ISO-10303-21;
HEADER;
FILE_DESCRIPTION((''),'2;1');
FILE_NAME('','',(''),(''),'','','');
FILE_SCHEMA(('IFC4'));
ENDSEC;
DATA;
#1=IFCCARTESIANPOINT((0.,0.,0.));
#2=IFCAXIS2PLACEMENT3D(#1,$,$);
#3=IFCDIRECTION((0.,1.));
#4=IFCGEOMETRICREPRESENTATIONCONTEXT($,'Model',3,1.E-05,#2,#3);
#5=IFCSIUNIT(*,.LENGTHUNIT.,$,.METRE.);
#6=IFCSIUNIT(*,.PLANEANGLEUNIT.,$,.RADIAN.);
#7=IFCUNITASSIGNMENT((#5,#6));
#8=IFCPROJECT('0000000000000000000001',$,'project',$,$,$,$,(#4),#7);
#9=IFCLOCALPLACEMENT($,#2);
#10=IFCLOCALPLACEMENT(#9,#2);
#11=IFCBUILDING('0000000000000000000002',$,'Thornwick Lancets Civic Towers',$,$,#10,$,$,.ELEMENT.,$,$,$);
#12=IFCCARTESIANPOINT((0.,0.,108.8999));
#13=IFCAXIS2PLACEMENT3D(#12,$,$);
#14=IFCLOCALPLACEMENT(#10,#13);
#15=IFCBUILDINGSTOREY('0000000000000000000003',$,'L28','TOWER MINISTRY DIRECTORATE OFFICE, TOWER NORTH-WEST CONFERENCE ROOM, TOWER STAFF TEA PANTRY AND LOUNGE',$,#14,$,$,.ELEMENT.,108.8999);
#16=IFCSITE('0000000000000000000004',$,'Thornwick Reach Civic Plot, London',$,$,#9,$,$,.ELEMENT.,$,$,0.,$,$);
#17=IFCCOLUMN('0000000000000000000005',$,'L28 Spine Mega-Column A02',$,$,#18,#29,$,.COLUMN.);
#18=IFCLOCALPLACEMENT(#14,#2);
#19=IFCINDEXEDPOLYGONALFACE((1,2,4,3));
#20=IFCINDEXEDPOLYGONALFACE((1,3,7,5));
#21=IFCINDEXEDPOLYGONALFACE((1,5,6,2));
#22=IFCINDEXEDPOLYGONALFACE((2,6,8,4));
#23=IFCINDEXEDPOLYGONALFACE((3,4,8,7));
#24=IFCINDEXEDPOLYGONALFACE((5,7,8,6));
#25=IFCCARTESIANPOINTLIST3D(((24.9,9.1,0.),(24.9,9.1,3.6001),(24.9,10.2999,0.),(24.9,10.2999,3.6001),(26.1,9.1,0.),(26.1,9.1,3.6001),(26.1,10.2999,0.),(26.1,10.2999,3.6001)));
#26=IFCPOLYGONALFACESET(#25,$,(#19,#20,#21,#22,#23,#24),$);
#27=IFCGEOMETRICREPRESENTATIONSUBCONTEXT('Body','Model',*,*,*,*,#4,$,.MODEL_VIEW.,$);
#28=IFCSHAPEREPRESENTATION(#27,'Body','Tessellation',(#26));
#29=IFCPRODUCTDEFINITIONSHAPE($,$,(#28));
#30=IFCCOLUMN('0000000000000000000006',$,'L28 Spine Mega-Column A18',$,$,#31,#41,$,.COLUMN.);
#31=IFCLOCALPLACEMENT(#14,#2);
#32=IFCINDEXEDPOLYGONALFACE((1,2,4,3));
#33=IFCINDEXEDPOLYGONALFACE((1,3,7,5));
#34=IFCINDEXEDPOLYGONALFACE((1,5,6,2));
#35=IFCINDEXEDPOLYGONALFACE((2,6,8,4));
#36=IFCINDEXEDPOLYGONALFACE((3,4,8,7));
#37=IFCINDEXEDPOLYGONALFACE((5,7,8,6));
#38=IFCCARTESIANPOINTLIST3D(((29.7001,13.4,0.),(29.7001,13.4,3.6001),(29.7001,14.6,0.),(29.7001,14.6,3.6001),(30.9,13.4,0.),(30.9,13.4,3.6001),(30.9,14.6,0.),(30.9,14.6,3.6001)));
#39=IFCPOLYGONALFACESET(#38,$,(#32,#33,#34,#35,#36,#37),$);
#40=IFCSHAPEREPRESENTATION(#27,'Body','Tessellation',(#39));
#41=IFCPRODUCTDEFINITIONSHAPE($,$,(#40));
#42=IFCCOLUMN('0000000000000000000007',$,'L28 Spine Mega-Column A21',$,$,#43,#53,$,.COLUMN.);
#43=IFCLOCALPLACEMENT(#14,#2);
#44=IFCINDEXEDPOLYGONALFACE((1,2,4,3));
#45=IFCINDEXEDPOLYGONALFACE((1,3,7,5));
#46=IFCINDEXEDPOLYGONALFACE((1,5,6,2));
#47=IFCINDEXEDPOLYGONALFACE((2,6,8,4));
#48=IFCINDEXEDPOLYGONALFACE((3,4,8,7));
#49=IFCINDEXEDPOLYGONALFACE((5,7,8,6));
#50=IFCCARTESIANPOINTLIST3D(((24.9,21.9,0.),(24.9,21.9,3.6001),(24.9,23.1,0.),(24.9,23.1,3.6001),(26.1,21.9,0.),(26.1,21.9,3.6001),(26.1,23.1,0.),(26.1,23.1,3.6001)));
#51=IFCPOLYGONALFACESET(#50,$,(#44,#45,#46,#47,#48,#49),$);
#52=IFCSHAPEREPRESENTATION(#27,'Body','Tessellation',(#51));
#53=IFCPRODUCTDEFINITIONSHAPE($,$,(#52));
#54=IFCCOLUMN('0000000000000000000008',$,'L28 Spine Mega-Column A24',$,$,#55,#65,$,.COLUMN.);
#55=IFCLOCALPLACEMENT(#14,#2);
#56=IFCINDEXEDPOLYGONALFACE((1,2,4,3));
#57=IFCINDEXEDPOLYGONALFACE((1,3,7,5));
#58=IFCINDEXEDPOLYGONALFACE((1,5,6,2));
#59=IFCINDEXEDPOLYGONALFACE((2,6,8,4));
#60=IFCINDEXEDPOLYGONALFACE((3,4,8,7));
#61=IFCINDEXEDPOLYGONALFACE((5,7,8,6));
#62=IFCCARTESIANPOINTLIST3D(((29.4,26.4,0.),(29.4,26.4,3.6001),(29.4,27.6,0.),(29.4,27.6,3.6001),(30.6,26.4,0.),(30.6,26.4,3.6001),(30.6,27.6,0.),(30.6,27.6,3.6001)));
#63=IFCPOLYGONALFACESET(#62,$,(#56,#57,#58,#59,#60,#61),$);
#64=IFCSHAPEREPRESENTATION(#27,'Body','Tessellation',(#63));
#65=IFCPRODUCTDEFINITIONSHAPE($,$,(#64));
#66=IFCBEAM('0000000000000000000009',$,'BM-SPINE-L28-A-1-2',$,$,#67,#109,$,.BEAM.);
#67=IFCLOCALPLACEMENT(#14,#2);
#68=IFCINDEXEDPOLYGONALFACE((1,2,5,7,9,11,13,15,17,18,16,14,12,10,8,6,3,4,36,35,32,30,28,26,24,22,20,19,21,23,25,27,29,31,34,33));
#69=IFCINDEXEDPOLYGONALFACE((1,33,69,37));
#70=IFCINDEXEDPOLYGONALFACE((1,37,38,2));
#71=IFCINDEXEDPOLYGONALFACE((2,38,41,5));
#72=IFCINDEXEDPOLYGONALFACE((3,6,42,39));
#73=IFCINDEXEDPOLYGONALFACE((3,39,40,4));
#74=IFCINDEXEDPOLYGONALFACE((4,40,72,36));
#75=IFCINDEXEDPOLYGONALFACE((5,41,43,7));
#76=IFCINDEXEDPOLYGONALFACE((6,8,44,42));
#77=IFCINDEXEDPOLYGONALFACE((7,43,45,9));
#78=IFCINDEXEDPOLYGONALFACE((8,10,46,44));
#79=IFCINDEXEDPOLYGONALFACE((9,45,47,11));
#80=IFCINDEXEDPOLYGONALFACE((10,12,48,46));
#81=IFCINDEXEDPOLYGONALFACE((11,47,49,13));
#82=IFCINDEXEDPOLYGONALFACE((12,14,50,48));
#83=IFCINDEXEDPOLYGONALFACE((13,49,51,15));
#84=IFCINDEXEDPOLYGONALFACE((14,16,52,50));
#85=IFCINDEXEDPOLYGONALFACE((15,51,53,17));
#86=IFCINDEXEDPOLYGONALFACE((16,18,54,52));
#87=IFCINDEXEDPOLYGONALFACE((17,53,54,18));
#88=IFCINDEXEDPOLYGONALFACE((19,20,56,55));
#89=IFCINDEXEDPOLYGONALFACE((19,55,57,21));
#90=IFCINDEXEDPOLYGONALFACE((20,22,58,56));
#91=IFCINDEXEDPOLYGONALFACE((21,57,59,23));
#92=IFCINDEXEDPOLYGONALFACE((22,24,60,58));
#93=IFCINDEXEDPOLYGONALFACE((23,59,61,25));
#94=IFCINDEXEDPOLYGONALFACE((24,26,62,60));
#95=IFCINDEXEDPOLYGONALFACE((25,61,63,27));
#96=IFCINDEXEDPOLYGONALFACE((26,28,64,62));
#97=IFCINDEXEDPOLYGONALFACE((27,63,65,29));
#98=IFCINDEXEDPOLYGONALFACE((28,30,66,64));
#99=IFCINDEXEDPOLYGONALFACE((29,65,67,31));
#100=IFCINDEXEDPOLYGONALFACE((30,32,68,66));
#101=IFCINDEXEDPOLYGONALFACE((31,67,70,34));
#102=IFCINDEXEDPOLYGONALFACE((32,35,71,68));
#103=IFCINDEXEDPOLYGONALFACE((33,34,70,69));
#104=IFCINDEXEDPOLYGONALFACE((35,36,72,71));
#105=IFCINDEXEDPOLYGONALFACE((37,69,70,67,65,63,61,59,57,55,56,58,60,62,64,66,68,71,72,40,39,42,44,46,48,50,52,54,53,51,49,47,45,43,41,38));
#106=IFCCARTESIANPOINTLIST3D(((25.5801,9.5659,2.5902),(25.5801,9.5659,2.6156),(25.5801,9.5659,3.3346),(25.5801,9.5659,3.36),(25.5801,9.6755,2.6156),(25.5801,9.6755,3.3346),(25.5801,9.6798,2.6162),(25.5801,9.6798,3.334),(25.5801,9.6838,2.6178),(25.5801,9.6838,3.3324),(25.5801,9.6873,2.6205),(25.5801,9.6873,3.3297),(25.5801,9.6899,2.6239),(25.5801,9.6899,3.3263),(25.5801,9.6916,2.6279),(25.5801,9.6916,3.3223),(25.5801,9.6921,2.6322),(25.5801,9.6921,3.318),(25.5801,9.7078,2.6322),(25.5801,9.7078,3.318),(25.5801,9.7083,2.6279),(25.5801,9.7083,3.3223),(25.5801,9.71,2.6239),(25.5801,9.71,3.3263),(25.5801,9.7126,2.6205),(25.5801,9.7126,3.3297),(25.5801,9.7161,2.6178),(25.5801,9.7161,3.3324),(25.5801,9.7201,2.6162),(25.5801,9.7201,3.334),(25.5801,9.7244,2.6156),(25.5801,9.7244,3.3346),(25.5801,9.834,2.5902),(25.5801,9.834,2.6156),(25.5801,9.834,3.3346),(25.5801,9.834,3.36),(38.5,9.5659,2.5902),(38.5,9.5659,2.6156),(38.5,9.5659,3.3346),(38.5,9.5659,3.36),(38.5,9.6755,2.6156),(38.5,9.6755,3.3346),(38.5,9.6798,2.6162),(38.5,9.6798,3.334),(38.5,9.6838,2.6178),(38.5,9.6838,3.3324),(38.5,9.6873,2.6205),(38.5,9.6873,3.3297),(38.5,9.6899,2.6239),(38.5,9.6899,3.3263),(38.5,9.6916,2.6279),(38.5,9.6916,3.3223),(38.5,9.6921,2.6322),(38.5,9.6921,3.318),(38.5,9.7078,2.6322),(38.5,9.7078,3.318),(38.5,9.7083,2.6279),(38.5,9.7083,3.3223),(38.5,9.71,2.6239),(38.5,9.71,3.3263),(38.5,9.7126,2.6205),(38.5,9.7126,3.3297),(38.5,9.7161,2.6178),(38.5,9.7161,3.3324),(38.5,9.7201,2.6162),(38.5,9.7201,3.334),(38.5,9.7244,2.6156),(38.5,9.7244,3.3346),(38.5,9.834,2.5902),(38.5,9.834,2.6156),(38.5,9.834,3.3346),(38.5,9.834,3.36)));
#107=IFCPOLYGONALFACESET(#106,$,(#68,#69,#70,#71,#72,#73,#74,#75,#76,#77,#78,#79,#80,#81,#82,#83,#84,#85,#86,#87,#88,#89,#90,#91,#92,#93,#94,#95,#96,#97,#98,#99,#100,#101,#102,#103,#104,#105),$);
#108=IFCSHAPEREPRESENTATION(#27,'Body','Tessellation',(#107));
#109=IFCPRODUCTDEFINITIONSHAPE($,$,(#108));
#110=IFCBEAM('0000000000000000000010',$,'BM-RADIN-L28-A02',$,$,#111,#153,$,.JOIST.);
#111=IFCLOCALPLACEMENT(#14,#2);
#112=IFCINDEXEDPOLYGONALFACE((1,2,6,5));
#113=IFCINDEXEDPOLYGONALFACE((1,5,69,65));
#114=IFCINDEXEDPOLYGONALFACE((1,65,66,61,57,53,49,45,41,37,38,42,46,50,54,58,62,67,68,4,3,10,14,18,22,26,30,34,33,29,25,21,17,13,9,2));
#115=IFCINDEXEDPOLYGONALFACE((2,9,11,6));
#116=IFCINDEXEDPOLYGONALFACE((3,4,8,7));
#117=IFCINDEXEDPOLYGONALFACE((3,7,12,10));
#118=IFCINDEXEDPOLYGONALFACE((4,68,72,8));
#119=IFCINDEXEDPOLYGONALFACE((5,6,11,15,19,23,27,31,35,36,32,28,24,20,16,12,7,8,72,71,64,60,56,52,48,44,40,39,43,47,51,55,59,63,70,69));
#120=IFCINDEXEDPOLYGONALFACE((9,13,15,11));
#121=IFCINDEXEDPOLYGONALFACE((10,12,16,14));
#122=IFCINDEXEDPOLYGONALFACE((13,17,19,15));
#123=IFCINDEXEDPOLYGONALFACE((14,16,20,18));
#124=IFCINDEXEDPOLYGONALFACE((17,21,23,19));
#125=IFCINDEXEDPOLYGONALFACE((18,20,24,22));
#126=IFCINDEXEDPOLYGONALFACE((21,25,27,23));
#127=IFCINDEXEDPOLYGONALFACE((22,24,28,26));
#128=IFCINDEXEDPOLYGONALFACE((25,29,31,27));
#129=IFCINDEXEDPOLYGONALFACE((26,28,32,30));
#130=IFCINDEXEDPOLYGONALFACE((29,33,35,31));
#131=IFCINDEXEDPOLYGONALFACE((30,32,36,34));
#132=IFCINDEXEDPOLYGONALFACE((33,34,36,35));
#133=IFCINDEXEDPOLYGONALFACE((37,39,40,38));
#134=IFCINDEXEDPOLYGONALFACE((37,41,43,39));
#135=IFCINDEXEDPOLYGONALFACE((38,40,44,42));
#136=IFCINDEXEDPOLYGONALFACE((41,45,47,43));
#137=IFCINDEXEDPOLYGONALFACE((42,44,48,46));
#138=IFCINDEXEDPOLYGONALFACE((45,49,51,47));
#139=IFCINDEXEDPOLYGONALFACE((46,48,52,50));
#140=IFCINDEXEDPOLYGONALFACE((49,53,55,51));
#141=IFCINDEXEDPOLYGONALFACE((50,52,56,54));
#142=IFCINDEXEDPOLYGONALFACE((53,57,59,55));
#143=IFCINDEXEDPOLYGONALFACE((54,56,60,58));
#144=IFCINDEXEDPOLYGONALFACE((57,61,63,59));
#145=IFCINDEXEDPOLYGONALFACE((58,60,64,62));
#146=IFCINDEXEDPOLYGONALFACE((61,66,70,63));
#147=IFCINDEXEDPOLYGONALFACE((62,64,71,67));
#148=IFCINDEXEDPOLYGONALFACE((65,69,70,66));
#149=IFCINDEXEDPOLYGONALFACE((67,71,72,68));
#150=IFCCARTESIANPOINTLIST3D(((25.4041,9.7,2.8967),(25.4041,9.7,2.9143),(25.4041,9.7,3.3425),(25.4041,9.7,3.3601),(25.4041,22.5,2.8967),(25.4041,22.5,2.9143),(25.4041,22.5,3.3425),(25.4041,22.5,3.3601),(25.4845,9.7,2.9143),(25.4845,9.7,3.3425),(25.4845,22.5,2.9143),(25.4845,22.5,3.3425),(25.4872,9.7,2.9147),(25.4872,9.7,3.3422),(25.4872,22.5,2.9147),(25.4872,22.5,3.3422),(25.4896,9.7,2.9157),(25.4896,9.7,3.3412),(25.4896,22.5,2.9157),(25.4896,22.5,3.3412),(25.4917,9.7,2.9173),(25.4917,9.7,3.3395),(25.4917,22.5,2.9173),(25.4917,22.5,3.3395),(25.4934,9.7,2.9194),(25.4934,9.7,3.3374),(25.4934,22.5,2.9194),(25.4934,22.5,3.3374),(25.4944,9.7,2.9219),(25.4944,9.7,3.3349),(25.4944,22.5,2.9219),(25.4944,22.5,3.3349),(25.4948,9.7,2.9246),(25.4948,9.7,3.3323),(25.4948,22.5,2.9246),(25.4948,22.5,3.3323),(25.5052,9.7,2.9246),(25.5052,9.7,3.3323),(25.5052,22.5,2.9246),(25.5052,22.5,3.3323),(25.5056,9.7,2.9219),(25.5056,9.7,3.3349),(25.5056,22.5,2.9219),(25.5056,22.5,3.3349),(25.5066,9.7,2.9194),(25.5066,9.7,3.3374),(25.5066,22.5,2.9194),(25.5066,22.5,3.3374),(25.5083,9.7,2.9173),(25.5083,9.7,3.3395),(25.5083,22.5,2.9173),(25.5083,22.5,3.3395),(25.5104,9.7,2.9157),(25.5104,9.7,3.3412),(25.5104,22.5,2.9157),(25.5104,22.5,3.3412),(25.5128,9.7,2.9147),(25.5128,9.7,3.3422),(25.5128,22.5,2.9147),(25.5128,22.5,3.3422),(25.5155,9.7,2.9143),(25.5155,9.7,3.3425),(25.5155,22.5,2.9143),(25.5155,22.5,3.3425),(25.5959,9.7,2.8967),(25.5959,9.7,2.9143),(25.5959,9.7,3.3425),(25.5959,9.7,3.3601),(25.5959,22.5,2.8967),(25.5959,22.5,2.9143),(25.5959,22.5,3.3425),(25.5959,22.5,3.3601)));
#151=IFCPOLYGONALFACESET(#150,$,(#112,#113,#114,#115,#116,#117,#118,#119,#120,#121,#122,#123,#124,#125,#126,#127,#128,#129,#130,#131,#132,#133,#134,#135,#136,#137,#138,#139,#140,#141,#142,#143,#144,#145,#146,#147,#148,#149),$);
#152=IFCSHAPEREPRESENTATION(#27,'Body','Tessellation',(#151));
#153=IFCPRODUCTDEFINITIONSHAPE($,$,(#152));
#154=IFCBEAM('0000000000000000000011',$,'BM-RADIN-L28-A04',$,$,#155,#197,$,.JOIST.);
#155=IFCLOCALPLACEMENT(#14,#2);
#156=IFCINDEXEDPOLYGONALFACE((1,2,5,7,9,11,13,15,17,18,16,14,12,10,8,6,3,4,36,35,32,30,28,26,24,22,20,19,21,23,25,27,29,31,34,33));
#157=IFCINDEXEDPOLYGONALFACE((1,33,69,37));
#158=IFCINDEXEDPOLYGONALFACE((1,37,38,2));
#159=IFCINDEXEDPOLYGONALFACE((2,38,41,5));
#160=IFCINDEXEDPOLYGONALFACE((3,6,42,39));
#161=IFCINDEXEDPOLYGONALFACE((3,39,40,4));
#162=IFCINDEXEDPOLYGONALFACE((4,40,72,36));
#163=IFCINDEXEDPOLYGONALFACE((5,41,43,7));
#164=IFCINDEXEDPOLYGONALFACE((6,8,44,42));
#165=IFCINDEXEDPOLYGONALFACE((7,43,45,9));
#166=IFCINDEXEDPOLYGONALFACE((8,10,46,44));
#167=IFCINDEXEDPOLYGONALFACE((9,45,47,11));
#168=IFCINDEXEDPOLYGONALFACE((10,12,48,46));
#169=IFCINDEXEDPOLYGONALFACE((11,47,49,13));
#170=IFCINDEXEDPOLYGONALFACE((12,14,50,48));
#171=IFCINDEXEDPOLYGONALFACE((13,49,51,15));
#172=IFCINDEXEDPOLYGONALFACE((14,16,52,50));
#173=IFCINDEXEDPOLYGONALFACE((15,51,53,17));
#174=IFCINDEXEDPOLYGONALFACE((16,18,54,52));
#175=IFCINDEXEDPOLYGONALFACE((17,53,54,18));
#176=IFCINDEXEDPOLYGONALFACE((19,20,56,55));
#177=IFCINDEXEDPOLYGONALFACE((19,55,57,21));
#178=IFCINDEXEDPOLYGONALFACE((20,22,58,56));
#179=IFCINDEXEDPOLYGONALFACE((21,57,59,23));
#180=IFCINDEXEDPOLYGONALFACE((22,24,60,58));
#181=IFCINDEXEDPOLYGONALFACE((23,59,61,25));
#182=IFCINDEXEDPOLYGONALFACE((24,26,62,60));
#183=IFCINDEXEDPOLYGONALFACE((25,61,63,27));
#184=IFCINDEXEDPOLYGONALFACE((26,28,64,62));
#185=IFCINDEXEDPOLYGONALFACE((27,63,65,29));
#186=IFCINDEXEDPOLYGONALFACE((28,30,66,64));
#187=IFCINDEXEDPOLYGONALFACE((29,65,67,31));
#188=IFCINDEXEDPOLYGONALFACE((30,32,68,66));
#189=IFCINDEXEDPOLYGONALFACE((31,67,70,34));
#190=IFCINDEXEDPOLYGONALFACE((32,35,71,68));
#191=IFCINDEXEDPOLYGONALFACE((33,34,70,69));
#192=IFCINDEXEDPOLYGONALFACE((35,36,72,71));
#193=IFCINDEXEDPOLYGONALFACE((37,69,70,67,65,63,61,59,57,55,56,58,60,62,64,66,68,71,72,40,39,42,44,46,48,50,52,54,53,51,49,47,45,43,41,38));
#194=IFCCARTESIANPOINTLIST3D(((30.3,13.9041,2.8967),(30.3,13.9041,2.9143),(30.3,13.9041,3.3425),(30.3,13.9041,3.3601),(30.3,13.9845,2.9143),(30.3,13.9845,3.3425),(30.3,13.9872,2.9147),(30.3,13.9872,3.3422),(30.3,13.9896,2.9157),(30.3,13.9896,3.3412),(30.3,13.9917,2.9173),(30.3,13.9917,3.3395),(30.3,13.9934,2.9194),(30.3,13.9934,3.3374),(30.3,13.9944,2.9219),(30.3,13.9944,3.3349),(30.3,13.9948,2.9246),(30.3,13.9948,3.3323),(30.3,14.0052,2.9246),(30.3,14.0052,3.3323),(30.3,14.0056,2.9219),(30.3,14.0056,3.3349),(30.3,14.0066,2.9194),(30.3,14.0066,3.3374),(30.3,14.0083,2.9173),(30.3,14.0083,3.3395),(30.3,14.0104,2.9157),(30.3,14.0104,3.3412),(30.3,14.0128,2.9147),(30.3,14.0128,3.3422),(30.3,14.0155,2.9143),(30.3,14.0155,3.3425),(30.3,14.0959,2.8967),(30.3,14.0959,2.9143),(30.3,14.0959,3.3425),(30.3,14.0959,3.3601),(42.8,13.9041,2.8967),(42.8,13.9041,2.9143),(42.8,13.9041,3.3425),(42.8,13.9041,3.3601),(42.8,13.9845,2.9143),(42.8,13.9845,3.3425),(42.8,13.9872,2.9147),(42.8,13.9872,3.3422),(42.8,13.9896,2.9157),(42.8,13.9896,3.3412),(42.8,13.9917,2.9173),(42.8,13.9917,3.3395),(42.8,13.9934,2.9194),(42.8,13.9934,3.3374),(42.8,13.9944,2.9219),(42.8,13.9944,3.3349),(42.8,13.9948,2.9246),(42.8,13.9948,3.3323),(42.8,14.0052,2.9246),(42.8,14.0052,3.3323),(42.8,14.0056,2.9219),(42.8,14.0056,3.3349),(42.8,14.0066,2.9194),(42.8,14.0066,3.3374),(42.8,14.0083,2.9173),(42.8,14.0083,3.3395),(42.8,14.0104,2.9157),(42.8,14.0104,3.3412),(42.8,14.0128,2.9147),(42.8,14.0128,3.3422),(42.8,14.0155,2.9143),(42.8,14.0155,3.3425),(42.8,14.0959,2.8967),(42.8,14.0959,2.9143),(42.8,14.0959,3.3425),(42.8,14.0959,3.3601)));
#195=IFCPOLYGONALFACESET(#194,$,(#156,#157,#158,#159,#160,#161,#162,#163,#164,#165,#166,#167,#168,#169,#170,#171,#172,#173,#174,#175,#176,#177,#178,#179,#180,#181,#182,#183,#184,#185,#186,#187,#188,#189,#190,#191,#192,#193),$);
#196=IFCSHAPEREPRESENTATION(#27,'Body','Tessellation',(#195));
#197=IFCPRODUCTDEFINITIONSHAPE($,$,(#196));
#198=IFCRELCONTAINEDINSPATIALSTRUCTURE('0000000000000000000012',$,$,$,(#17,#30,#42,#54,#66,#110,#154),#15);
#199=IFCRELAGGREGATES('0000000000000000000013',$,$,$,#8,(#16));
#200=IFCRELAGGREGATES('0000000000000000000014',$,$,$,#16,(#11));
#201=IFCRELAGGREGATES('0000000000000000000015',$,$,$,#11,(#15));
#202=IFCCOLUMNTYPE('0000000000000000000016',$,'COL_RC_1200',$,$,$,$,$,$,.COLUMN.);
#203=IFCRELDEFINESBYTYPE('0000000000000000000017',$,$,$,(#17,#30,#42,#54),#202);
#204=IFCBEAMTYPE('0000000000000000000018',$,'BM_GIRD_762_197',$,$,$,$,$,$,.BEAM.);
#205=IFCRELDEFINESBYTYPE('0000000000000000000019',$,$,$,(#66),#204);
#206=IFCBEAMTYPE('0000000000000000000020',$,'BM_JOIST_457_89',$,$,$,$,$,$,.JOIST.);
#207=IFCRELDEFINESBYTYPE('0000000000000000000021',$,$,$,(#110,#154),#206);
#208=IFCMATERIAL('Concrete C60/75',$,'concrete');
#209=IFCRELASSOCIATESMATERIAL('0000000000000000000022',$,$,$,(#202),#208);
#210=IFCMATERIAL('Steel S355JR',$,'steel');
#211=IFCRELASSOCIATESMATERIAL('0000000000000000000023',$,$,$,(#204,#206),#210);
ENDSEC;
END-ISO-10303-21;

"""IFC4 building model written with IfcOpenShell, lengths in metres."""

from ifc_helpers import new_model, si_unit, direction, frame, origin, origin_2d, place, context, subcontext, project, spatial, rectangle, i_section, extrude, material, material_profile, profile_set, type_object, element, save


model = new_model("IFC4")

# Units and contexts
model_context = context("Model", 3, precision=1e-05, world=origin(), true_north=direction((0.0, 1.0)))
body_context = subcontext(model_context, "Body", "Model", "MODEL_VIEW")
ifc_project = project(units=[si_unit("LENGTHUNIT", "METRE"), si_unit("PLANEANGLEUNIT", "RADIAN")], contexts=[model_context])

# Site, building, storey
site_placement = place(None, origin())
site = spatial("IfcSite", under=ifc_project, at=site_placement, Name="Thornwick Reach Civic Plot, London", CompositionType="ELEMENT", RefElevation=0.0)
building_placement = place(site_placement, origin())
building = spatial("IfcBuilding", under=site, at=building_placement, Name="Thornwick Lancets Civic Towers", CompositionType="ELEMENT")
storey_placement = place(building_placement, frame((0.0, 0.0, 108.8999)))
storey = spatial("IfcBuildingStorey", under=building, at=storey_placement, Name="L28", Description="TOWER MINISTRY DIRECTORATE OFFICE, TOWER NORTH-WEST CONFERENCE ROOM, TOWER STAFF TEA PANTRY AND LOUNGE", CompositionType="ELEMENT", Elevation=108.8999)

# Columns
ifc_material_1 = material(Name="Concrete C60/75", Category="concrete")
ifc_material_profile_1 = material_profile(ifc_material_1, rectangle(XDim=1.2, YDim=1.2, at=origin_2d()), Name="RC 1200x1200")
ifc_profile_set_1 = profile_set([ifc_material_profile_1], Name="Concrete C60/75")
column_type = type_object("IfcColumnType", Name="COL_RC_1200", PredefinedType="COLUMN", material=ifc_profile_set_1)
for number, where, z_axis, x_axis, name in (
    (1, (25.5, 9.7, 0.0), (0.0, 0.0, 1.0), (1.0, 0.0, 0.0), "L28 Spine Mega-Column A02"),
    (2, (30.3, 14.0, 0.0), (0.0, 0.0, 1.0), (1.0, 0.0, 0.0), "L28 Spine Mega-Column A18"),
    (3, (25.5, 22.5, 0.0), (0.0, 0.0, 1.0), (1.0, 0.0, 0.0), "L28 Spine Mega-Column A21"),
    (4, (30.0, 27.0, 0.0), (0.0, 0.0, 1.0), (1.0, 0.0, 0.0), "L28 Spine Mega-Column A24"),
):
    element("IfcColumn", number, at=place(storey_placement, frame(where, z_axis=z_axis, x_axis=x_axis)), inside=storey, type_object=column_type, Name=name, PredefinedType="COLUMN", context=body_context, shape_type="SweptSolid", body=[
        extrude(rectangle(XDim=1.2, YDim=1.2, at=origin_2d()), origin(), (0.0, 0.0, 1.0), 3.6001),
    ])

# Beams
ifc_material_2 = material(Name="Steel S355JR", Category="steel")
ifc_material_profile_2 = material_profile(ifc_material_2, i_section(OverallWidth=0.2681, OverallDepth=0.7698, WebThickness=0.0156, FlangeThickness=0.0254, FilletRadius=0.0166, at=origin_2d()), Name="UKB 762x267x197")
ifc_profile_set_2 = profile_set([ifc_material_profile_2], Name="Steel S355JR")
beam_type_1 = type_object("IfcBeamType", Name="BM_GIRD_762_197", PredefinedType="BEAM", material=ifc_profile_set_2)
beam_1_placement = place(storey_placement, frame((25.5801, 9.7, 2.9751), z_axis=(1.0, 0.0, 0.0), x_axis=(0.0, 1.0, 0.0)))
element("IfcBeam", 5, at=beam_1_placement, inside=storey, type_object=beam_type_1, Name="BM-SPINE-L28-A-1-2", PredefinedType="BEAM", context=body_context, shape_type="SweptSolid", body=[
    extrude(i_section(OverallWidth=0.2681, OverallDepth=0.7698, WebThickness=0.0156, FlangeThickness=0.0254, FilletRadius=0.0166, at=origin_2d()), origin(), (0.0, 0.0, 1.0), 12.9199),
])
ifc_material_profile_3 = material_profile(ifc_material_2, i_section(OverallWidth=0.1919, OverallDepth=0.4634, WebThickness=0.0105, FlangeThickness=0.0176, FilletRadius=0.0103, at=origin_2d()), Name="UKB 457x191x89")
ifc_profile_set_3 = profile_set([ifc_material_profile_3], Name="Steel S355JR")
beam_type_2 = type_object("IfcBeamType", Name="BM_JOIST_457_89", PredefinedType="JOIST", material=ifc_profile_set_3)
beam_2_placement = place(storey_placement, frame((25.5, 22.5, 3.1284), z_axis=(0.0, -1.0, 0.0), x_axis=(1.0, 0.0, 0.0)))
element("IfcBeam", 6, at=beam_2_placement, inside=storey, type_object=beam_type_2, Name="BM-RADIN-L28-A02", PredefinedType="JOIST", context=body_context, shape_type="SweptSolid", body=[
    extrude(i_section(OverallWidth=0.1919, OverallDepth=0.4634, WebThickness=0.0105, FlangeThickness=0.0176, FilletRadius=0.0103, at=origin_2d()), origin(), (0.0, 0.0, 1.0), 12.8),
])
beam_3_placement = place(storey_placement, frame((30.3, 14.0, 3.1284), z_axis=(1.0, 0.0, 0.0), x_axis=(0.0, 1.0, 0.0)))
element("IfcBeam", 7, at=beam_3_placement, inside=storey, type_object=beam_type_2, Name="BM-RADIN-L28-A04", PredefinedType="JOIST", context=body_context, shape_type="SweptSolid", body=[
    extrude(i_section(OverallWidth=0.1919, OverallDepth=0.4634, WebThickness=0.0105, FlangeThickness=0.0176, FilletRadius=0.0103, at=origin_2d()), origin(), (0.0, 0.0, 1.0), 12.5),
])

save(model, "model.ifc")
